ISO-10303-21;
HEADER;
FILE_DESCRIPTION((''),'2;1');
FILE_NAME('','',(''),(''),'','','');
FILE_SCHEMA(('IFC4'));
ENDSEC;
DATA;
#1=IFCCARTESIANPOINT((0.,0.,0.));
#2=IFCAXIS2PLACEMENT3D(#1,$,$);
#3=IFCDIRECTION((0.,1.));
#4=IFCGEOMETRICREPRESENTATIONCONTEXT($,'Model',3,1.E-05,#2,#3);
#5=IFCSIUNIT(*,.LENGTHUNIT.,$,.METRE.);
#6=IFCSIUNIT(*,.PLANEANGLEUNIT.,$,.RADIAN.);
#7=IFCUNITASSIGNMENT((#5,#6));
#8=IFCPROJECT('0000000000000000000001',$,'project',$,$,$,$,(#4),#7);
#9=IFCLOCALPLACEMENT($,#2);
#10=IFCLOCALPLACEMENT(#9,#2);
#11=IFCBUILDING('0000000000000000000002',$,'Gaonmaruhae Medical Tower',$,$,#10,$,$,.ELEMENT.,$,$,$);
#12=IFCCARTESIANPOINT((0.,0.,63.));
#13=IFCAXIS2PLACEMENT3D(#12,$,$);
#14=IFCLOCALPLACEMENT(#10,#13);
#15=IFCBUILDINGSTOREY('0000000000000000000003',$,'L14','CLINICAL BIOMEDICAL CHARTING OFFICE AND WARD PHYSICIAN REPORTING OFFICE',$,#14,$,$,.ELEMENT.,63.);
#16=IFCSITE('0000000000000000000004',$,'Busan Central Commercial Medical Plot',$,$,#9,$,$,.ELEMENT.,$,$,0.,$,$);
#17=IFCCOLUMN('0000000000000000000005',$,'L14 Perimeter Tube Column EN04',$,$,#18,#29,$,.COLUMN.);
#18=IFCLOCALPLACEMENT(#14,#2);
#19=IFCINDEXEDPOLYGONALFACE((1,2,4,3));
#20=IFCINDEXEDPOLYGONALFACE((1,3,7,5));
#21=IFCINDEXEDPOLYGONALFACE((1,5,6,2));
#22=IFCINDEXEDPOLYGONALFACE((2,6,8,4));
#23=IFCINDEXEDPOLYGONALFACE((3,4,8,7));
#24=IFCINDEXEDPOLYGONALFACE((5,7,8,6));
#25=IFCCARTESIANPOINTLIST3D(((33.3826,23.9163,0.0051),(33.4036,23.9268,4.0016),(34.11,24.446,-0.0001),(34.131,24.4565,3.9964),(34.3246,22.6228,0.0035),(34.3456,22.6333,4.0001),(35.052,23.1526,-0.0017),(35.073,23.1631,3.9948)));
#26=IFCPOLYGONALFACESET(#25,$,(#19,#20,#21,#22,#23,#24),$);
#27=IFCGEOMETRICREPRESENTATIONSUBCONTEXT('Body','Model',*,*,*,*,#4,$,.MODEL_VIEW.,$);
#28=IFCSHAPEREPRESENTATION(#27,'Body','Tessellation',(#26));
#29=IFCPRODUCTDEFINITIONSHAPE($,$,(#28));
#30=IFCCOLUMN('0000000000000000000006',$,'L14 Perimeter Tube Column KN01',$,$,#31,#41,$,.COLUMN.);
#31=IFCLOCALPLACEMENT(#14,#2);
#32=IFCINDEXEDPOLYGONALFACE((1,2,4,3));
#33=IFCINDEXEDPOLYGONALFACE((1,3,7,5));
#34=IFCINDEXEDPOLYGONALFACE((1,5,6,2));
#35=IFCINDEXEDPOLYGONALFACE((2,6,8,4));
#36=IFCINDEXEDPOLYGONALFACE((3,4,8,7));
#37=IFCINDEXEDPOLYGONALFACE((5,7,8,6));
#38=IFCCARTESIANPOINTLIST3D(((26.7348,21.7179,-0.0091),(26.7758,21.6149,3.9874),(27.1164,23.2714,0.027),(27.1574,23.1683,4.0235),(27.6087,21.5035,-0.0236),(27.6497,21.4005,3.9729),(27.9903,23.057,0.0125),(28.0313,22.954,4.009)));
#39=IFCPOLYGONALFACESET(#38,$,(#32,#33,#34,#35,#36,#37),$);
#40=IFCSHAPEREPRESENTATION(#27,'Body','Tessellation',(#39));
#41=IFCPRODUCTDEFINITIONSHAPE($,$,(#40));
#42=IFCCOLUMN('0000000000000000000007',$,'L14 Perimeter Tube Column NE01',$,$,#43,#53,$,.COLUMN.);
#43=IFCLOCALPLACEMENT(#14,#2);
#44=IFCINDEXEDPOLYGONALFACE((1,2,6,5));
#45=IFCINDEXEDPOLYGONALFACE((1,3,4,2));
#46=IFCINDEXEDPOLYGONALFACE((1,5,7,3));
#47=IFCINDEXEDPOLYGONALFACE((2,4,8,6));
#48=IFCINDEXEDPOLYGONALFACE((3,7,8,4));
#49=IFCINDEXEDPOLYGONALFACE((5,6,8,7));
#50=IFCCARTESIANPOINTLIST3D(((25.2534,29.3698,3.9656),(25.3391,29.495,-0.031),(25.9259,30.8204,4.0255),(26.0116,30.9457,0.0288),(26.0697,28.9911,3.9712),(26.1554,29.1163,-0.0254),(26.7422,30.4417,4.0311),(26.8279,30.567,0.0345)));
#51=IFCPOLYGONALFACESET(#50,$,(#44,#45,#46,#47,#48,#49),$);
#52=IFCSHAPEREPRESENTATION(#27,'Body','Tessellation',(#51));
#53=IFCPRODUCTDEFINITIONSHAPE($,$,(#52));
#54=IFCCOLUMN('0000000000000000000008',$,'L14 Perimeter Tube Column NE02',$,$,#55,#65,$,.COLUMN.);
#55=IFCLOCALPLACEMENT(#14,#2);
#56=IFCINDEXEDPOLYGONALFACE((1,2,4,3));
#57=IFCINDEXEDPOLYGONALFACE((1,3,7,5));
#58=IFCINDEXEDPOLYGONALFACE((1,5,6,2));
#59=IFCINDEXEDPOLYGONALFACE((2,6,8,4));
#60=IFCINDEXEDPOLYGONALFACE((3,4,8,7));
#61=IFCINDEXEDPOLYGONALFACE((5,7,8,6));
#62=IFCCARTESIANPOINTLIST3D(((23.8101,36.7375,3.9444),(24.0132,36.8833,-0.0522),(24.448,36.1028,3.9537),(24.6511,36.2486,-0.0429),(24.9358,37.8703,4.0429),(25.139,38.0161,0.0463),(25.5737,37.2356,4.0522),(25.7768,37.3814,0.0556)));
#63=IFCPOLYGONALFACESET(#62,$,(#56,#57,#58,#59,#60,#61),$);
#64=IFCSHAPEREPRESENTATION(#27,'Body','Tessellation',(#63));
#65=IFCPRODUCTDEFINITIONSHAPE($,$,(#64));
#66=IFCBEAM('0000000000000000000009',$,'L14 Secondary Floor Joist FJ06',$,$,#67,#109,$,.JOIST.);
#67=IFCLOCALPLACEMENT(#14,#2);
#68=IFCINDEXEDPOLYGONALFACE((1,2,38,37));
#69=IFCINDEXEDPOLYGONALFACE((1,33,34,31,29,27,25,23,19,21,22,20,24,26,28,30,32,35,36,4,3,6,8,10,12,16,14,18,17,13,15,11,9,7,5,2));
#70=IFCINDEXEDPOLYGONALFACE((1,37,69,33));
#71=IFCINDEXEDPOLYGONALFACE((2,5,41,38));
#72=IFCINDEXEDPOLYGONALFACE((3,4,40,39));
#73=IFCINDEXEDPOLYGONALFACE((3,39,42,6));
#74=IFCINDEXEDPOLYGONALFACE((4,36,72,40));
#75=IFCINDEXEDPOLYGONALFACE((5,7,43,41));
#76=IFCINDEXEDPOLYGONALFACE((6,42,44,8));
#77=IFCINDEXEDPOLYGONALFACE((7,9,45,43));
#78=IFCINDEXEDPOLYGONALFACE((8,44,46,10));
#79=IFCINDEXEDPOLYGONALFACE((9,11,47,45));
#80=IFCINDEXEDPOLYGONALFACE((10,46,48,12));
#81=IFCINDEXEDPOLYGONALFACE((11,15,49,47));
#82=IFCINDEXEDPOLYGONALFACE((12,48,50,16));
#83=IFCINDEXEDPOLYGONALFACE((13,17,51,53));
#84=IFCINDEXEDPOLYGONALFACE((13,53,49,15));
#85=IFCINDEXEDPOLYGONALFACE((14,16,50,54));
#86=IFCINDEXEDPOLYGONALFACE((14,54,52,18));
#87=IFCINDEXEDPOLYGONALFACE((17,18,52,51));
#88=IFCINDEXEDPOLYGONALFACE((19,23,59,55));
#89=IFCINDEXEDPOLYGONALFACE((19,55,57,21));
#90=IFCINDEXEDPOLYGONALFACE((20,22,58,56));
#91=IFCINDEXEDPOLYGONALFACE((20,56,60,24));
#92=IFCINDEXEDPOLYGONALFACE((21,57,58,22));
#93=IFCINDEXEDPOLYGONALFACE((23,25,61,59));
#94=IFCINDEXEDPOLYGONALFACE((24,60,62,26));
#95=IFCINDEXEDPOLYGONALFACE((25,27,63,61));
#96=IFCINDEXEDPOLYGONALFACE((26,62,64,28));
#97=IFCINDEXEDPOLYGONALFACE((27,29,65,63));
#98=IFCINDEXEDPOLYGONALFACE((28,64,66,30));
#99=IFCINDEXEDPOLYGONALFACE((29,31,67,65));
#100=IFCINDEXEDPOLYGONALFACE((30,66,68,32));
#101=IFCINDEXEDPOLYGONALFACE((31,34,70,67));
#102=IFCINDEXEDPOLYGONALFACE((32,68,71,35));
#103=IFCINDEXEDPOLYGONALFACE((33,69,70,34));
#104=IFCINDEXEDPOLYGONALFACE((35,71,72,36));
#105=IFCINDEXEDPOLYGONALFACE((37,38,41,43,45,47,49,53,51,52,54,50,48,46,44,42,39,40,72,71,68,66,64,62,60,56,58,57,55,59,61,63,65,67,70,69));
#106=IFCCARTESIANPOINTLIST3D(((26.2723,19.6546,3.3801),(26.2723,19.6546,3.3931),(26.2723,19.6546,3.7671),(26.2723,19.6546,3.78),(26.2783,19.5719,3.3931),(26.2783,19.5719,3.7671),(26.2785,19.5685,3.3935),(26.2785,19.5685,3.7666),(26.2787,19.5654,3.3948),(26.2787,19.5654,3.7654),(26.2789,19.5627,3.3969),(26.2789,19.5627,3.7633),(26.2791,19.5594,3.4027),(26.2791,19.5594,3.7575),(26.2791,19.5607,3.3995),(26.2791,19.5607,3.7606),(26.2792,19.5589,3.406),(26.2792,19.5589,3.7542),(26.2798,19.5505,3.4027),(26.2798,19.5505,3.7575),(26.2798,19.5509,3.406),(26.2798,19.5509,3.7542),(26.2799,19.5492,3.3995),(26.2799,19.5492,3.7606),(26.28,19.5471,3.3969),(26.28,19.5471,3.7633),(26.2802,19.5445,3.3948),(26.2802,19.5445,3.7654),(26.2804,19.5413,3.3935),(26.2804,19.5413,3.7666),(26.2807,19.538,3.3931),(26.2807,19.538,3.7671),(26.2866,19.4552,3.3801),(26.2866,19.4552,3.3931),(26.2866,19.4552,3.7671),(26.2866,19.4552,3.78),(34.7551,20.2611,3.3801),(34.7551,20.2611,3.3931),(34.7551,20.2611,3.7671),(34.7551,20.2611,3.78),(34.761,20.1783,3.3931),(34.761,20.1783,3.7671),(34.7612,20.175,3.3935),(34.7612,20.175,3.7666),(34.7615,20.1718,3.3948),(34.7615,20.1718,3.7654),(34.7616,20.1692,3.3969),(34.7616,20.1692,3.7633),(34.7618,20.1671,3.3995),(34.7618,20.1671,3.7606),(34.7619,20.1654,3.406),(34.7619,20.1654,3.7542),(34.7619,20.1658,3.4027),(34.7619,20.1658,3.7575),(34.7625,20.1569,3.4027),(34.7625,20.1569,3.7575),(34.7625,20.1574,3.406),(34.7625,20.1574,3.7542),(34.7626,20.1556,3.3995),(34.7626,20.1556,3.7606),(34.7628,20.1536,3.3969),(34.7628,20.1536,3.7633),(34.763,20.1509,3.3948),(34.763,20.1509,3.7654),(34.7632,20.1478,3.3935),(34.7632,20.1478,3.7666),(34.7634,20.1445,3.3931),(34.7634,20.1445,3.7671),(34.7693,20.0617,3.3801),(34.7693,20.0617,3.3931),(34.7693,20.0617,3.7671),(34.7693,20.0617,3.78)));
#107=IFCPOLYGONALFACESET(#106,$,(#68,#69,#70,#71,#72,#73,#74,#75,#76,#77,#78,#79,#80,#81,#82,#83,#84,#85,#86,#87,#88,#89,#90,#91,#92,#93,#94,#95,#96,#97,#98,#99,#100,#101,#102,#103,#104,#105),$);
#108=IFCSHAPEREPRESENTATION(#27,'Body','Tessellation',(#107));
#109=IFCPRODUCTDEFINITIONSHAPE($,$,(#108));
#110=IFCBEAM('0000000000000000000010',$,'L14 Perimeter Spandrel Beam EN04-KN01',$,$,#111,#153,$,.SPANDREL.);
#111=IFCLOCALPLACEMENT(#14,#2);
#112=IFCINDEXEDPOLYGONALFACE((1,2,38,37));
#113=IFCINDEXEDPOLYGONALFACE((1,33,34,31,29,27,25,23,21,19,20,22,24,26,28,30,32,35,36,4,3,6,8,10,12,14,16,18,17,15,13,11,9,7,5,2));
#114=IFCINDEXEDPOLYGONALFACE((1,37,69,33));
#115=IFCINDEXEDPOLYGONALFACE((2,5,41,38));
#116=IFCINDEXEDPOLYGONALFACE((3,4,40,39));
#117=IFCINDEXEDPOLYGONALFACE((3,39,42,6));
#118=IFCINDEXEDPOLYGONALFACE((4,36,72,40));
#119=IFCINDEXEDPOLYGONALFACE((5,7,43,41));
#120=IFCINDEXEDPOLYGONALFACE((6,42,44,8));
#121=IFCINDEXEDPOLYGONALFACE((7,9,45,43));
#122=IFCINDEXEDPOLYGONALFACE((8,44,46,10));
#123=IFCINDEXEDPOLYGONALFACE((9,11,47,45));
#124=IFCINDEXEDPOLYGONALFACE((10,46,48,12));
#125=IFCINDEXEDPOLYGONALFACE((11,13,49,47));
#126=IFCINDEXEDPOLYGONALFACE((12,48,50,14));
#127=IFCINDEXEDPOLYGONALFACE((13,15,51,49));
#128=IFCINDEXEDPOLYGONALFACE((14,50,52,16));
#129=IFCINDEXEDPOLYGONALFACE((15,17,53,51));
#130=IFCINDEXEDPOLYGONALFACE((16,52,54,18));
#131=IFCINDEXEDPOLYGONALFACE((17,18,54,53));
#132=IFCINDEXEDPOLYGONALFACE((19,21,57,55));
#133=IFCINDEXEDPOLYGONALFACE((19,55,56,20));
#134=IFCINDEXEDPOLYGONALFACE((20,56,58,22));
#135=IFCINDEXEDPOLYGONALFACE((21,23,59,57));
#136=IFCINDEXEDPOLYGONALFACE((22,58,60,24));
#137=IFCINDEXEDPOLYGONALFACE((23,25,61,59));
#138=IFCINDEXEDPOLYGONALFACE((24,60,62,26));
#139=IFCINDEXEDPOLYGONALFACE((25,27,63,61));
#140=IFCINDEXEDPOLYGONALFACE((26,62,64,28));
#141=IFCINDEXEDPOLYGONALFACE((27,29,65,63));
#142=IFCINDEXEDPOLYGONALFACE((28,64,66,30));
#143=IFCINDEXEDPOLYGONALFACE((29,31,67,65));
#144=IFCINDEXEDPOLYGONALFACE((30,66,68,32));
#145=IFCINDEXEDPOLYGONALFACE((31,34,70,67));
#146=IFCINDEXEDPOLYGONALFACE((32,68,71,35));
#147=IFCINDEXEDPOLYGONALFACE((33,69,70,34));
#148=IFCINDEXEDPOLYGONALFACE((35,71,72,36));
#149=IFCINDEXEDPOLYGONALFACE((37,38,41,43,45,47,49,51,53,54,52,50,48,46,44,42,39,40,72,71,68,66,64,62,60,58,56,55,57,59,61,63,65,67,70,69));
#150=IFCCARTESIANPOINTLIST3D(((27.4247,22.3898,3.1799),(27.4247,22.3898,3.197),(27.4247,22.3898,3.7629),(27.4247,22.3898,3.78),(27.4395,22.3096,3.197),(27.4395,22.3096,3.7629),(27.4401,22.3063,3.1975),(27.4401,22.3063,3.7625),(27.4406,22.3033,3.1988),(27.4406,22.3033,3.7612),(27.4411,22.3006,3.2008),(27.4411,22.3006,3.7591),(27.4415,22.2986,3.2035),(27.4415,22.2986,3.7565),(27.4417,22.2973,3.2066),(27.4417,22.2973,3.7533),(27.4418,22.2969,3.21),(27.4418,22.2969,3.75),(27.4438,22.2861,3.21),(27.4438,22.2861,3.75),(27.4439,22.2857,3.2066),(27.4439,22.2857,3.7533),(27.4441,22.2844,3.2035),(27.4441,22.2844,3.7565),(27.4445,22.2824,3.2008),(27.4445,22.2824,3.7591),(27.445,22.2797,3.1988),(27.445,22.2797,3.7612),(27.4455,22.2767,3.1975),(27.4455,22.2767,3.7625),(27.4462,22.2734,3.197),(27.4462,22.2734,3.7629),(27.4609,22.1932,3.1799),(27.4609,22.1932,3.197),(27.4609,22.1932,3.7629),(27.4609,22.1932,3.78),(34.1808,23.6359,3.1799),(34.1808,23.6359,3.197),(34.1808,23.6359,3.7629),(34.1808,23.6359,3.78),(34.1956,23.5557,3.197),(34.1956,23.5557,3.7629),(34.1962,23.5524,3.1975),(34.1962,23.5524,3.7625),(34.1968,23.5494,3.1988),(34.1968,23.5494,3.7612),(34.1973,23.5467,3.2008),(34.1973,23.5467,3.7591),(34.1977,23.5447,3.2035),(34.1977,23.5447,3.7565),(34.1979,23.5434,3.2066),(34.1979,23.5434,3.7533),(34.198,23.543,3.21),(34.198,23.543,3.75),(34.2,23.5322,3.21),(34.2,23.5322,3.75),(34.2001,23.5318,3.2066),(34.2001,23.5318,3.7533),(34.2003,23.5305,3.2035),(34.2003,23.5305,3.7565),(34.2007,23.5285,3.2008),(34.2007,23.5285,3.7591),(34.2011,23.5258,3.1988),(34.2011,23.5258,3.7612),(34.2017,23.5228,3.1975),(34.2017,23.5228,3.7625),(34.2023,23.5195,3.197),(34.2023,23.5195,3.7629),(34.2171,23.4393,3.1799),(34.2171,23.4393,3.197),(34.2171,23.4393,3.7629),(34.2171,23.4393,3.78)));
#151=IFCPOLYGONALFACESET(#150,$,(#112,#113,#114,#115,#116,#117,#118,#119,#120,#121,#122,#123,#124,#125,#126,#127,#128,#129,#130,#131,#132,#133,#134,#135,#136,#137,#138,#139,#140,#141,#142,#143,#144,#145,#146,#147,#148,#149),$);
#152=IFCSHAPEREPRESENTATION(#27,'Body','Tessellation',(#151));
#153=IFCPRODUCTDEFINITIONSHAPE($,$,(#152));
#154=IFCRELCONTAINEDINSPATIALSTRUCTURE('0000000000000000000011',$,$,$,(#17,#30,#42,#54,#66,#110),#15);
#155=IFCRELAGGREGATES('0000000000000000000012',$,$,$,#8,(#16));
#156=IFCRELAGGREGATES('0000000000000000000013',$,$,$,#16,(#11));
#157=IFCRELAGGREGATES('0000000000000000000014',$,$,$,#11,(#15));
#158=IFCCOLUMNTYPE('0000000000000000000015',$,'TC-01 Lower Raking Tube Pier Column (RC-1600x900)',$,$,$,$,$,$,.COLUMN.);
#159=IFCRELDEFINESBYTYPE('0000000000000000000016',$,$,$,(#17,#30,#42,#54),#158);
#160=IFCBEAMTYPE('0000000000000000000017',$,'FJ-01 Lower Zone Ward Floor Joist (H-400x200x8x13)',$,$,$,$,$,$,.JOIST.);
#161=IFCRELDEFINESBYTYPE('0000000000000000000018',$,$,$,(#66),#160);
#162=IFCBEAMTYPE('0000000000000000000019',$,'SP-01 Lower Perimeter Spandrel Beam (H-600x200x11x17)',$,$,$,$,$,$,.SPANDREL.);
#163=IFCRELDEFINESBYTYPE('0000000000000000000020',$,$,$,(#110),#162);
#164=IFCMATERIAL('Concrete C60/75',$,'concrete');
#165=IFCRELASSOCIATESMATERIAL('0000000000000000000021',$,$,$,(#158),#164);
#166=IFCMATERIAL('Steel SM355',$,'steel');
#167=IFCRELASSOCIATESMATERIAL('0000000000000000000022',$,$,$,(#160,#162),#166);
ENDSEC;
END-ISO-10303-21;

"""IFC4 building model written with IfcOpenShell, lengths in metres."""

from ifc_helpers import new_model, si_unit, direction, frame, origin, origin_2d, place, context, subcontext, project, spatial, rectangle, i_section, extrude, material, material_profile, profile_set, type_object, element, save


model = new_model("IFC4")

# Units and contexts
model_context = context("Model", 3, precision=1e-05, world=origin(), true_north=direction((0.0, 1.0)))
body_context = subcontext(model_context, "Body", "Model", "MODEL_VIEW")
ifc_project = project(units=[si_unit("LENGTHUNIT", "METRE"), si_unit("PLANEANGLEUNIT", "RADIAN")], contexts=[model_context])

# Site, building, storey
site_placement = place(None, origin())
site = spatial("IfcSite", under=ifc_project, at=site_placement, Name="Busan Central Commercial Medical Plot", CompositionType="ELEMENT", RefElevation=0.0)
building_placement = place(site_placement, origin())
building = spatial("IfcBuilding", under=site, at=building_placement, Name="Gaonmaruhae Medical Tower", CompositionType="ELEMENT")
storey_placement = place(building_placement, frame((0.0, 0.0, 63.0)))
storey = spatial("IfcBuildingStorey", under=building, at=storey_placement, Name="L14", Description="CLINICAL BIOMEDICAL CHARTING OFFICE AND WARD PHYSICIAN REPORTING OFFICE", CompositionType="ELEMENT", Elevation=63.0)

# Columns
ifc_material_1 = material(Name="Concrete C60/75", Category="concrete")
ifc_material_profile_1 = material_profile(ifc_material_1, rectangle(XDim=1.6001, YDim=0.8999, at=origin_2d()), Name="RC-1600x900")
ifc_profile_set_1 = profile_set([ifc_material_profile_1], Name="Concrete C60/75")
column_type = type_object("IfcColumnType", Name="TC-01 Lower Raking Tube Pier Column (RC-1600x900)", PredefinedType="COLUMN", material=ifc_profile_set_1)
column_1_placement = place(storey_placement, frame((34.2173, 23.5344, 0.0017), z_axis=(0.005253, 0.002627, 0.999983), x_axis=(-0.588701, 0.80835, 0.000969)))
element("IfcColumn", 1, at=column_1_placement, inside=storey, type_object=column_type, Name="L14 Perimeter Tube Column EN04", PredefinedType="COLUMN", context=body_context, shape_type="SweptSolid", body=[
    extrude(rectangle(XDim=1.6001, YDim=0.8999, at=origin_2d()), origin(), (0.0, 0.0, 1.0), 3.9966),
])
column_2_placement = place(storey_placement, frame((27.3625, 22.3875, 0.0017), z_axis=(0.010259, -0.025769, 0.999615), x_axis=(0.238519, 0.970875, 0.02258)))
element("IfcColumn", 2, at=column_2_placement, inside=storey, type_object=column_type, Name="L14 Perimeter Tube Column KN01", PredefinedType="COLUMN", context=body_context, shape_type="SweptSolid", body=[
    extrude(rectangle(XDim=1.6001, YDim=0.8999, at=origin_2d()), origin(), (0.0, 0.0, 1.0), 3.998),
])
column_3_placement = place(storey_placement, frame((26.0835, 30.031, 0.0017), z_axis=(-0.021426, -0.031315, 0.99928), x_axis=(0.420324, 0.906602, 0.037423)))
element("IfcColumn", 3, at=column_3_placement, inside=storey, type_object=column_type, Name="L14 Perimeter Tube Column NE01", PredefinedType="COLUMN", context=body_context, shape_type="SweptSolid", body=[
    extrude(rectangle(XDim=1.6001, YDim=0.8999, at=origin_2d()), origin(), (0.0, 0.0, 1.0), 3.9995),
])
column_4_placement = place(storey_placement, frame((24.895, 37.1323, 0.0017), z_axis=(-0.050726, -0.036398, 0.998049), x_axis=(0.703551, 0.707972, 0.061577)))
element("IfcColumn", 4, at=column_4_placement, inside=storey, type_object=column_type, Name="L14 Perimeter Tube Column NE02", PredefinedType="COLUMN", context=body_context, shape_type="SweptSolid", body=[
    extrude(rectangle(XDim=1.6001, YDim=0.8999, at=origin_2d()), origin(), (0.0, 0.0, 1.0), 4.0044),
])

# Beams
ifc_material_2 = material(Name="Steel SM355", Category="steel")
ifc_material_profile_2 = material_profile(ifc_material_2, i_section(OverallWidth=0.2, OverallDepth=0.3999, WebThickness=0.0081, FlangeThickness=0.0129, FilletRadius=0.0129, at=origin_2d()), Name="H-400x200x8x13")
ifc_profile_set_2 = profile_set([ifc_material_profile_2], Name="Steel SM355")
beam_type_1 = type_object("IfcBeamType", Name="FJ-01 Lower Zone Ward Floor Joist (H-400x200x8x13)", PredefinedType="JOIST", material=ifc_profile_set_2)
beam_1_placement = place(storey_placement, frame((34.7622, 20.1614, 3.5801), z_axis=(-0.997454, -0.07131, 0.0), x_axis=(0.07131, -0.997454, 0.0)))
element("IfcBeam", 5, at=beam_1_placement, inside=storey, type_object=beam_type_1, Name="L14 Secondary Floor Joist FJ06", PredefinedType="JOIST", context=body_context, shape_type="SweptSolid", body=[
    extrude(i_section(OverallWidth=0.2, OverallDepth=0.3999, WebThickness=0.0081, FlangeThickness=0.0129, FilletRadius=0.0129, at=origin_2d()), origin(), (0.0, 0.0, 1.0), 8.5044),
])
ifc_material_profile_3 = material_profile(ifc_material_2, i_section(OverallWidth=0.2, OverallDepth=0.6001, WebThickness=0.011, FlangeThickness=0.0171, FilletRadius=0.0129, at=origin_2d()), Name="H-600x200x11x17")
ifc_profile_set_3 = profile_set([ifc_material_profile_3], Name="Steel SM355")
beam_type_2 = type_object("IfcBeamType", Name="SP-01 Lower Perimeter Spandrel Beam (H-600x200x11x17)", PredefinedType="SPANDREL", material=ifc_profile_set_3)
beam_2_placement = place(storey_placement, frame((34.199, 23.5376, 3.48), z_axis=(-0.983413, -0.18138, 0.0), x_axis=(0.18138, -0.983413, 0.0)))
element("IfcBeam", 6, at=beam_2_placement, inside=storey, type_object=beam_type_2, Name="L14 Perimeter Spandrel Beam EN04-KN01", PredefinedType="SPANDREL", context=body_context, shape_type="SweptSolid", body=[
    extrude(i_section(OverallWidth=0.2, OverallDepth=0.6001, WebThickness=0.011, FlangeThickness=0.0171, FilletRadius=0.0129, at=origin_2d()), origin(), (0.0, 0.0, 1.0), 6.8701),
])

save(model, "model.ifc")
